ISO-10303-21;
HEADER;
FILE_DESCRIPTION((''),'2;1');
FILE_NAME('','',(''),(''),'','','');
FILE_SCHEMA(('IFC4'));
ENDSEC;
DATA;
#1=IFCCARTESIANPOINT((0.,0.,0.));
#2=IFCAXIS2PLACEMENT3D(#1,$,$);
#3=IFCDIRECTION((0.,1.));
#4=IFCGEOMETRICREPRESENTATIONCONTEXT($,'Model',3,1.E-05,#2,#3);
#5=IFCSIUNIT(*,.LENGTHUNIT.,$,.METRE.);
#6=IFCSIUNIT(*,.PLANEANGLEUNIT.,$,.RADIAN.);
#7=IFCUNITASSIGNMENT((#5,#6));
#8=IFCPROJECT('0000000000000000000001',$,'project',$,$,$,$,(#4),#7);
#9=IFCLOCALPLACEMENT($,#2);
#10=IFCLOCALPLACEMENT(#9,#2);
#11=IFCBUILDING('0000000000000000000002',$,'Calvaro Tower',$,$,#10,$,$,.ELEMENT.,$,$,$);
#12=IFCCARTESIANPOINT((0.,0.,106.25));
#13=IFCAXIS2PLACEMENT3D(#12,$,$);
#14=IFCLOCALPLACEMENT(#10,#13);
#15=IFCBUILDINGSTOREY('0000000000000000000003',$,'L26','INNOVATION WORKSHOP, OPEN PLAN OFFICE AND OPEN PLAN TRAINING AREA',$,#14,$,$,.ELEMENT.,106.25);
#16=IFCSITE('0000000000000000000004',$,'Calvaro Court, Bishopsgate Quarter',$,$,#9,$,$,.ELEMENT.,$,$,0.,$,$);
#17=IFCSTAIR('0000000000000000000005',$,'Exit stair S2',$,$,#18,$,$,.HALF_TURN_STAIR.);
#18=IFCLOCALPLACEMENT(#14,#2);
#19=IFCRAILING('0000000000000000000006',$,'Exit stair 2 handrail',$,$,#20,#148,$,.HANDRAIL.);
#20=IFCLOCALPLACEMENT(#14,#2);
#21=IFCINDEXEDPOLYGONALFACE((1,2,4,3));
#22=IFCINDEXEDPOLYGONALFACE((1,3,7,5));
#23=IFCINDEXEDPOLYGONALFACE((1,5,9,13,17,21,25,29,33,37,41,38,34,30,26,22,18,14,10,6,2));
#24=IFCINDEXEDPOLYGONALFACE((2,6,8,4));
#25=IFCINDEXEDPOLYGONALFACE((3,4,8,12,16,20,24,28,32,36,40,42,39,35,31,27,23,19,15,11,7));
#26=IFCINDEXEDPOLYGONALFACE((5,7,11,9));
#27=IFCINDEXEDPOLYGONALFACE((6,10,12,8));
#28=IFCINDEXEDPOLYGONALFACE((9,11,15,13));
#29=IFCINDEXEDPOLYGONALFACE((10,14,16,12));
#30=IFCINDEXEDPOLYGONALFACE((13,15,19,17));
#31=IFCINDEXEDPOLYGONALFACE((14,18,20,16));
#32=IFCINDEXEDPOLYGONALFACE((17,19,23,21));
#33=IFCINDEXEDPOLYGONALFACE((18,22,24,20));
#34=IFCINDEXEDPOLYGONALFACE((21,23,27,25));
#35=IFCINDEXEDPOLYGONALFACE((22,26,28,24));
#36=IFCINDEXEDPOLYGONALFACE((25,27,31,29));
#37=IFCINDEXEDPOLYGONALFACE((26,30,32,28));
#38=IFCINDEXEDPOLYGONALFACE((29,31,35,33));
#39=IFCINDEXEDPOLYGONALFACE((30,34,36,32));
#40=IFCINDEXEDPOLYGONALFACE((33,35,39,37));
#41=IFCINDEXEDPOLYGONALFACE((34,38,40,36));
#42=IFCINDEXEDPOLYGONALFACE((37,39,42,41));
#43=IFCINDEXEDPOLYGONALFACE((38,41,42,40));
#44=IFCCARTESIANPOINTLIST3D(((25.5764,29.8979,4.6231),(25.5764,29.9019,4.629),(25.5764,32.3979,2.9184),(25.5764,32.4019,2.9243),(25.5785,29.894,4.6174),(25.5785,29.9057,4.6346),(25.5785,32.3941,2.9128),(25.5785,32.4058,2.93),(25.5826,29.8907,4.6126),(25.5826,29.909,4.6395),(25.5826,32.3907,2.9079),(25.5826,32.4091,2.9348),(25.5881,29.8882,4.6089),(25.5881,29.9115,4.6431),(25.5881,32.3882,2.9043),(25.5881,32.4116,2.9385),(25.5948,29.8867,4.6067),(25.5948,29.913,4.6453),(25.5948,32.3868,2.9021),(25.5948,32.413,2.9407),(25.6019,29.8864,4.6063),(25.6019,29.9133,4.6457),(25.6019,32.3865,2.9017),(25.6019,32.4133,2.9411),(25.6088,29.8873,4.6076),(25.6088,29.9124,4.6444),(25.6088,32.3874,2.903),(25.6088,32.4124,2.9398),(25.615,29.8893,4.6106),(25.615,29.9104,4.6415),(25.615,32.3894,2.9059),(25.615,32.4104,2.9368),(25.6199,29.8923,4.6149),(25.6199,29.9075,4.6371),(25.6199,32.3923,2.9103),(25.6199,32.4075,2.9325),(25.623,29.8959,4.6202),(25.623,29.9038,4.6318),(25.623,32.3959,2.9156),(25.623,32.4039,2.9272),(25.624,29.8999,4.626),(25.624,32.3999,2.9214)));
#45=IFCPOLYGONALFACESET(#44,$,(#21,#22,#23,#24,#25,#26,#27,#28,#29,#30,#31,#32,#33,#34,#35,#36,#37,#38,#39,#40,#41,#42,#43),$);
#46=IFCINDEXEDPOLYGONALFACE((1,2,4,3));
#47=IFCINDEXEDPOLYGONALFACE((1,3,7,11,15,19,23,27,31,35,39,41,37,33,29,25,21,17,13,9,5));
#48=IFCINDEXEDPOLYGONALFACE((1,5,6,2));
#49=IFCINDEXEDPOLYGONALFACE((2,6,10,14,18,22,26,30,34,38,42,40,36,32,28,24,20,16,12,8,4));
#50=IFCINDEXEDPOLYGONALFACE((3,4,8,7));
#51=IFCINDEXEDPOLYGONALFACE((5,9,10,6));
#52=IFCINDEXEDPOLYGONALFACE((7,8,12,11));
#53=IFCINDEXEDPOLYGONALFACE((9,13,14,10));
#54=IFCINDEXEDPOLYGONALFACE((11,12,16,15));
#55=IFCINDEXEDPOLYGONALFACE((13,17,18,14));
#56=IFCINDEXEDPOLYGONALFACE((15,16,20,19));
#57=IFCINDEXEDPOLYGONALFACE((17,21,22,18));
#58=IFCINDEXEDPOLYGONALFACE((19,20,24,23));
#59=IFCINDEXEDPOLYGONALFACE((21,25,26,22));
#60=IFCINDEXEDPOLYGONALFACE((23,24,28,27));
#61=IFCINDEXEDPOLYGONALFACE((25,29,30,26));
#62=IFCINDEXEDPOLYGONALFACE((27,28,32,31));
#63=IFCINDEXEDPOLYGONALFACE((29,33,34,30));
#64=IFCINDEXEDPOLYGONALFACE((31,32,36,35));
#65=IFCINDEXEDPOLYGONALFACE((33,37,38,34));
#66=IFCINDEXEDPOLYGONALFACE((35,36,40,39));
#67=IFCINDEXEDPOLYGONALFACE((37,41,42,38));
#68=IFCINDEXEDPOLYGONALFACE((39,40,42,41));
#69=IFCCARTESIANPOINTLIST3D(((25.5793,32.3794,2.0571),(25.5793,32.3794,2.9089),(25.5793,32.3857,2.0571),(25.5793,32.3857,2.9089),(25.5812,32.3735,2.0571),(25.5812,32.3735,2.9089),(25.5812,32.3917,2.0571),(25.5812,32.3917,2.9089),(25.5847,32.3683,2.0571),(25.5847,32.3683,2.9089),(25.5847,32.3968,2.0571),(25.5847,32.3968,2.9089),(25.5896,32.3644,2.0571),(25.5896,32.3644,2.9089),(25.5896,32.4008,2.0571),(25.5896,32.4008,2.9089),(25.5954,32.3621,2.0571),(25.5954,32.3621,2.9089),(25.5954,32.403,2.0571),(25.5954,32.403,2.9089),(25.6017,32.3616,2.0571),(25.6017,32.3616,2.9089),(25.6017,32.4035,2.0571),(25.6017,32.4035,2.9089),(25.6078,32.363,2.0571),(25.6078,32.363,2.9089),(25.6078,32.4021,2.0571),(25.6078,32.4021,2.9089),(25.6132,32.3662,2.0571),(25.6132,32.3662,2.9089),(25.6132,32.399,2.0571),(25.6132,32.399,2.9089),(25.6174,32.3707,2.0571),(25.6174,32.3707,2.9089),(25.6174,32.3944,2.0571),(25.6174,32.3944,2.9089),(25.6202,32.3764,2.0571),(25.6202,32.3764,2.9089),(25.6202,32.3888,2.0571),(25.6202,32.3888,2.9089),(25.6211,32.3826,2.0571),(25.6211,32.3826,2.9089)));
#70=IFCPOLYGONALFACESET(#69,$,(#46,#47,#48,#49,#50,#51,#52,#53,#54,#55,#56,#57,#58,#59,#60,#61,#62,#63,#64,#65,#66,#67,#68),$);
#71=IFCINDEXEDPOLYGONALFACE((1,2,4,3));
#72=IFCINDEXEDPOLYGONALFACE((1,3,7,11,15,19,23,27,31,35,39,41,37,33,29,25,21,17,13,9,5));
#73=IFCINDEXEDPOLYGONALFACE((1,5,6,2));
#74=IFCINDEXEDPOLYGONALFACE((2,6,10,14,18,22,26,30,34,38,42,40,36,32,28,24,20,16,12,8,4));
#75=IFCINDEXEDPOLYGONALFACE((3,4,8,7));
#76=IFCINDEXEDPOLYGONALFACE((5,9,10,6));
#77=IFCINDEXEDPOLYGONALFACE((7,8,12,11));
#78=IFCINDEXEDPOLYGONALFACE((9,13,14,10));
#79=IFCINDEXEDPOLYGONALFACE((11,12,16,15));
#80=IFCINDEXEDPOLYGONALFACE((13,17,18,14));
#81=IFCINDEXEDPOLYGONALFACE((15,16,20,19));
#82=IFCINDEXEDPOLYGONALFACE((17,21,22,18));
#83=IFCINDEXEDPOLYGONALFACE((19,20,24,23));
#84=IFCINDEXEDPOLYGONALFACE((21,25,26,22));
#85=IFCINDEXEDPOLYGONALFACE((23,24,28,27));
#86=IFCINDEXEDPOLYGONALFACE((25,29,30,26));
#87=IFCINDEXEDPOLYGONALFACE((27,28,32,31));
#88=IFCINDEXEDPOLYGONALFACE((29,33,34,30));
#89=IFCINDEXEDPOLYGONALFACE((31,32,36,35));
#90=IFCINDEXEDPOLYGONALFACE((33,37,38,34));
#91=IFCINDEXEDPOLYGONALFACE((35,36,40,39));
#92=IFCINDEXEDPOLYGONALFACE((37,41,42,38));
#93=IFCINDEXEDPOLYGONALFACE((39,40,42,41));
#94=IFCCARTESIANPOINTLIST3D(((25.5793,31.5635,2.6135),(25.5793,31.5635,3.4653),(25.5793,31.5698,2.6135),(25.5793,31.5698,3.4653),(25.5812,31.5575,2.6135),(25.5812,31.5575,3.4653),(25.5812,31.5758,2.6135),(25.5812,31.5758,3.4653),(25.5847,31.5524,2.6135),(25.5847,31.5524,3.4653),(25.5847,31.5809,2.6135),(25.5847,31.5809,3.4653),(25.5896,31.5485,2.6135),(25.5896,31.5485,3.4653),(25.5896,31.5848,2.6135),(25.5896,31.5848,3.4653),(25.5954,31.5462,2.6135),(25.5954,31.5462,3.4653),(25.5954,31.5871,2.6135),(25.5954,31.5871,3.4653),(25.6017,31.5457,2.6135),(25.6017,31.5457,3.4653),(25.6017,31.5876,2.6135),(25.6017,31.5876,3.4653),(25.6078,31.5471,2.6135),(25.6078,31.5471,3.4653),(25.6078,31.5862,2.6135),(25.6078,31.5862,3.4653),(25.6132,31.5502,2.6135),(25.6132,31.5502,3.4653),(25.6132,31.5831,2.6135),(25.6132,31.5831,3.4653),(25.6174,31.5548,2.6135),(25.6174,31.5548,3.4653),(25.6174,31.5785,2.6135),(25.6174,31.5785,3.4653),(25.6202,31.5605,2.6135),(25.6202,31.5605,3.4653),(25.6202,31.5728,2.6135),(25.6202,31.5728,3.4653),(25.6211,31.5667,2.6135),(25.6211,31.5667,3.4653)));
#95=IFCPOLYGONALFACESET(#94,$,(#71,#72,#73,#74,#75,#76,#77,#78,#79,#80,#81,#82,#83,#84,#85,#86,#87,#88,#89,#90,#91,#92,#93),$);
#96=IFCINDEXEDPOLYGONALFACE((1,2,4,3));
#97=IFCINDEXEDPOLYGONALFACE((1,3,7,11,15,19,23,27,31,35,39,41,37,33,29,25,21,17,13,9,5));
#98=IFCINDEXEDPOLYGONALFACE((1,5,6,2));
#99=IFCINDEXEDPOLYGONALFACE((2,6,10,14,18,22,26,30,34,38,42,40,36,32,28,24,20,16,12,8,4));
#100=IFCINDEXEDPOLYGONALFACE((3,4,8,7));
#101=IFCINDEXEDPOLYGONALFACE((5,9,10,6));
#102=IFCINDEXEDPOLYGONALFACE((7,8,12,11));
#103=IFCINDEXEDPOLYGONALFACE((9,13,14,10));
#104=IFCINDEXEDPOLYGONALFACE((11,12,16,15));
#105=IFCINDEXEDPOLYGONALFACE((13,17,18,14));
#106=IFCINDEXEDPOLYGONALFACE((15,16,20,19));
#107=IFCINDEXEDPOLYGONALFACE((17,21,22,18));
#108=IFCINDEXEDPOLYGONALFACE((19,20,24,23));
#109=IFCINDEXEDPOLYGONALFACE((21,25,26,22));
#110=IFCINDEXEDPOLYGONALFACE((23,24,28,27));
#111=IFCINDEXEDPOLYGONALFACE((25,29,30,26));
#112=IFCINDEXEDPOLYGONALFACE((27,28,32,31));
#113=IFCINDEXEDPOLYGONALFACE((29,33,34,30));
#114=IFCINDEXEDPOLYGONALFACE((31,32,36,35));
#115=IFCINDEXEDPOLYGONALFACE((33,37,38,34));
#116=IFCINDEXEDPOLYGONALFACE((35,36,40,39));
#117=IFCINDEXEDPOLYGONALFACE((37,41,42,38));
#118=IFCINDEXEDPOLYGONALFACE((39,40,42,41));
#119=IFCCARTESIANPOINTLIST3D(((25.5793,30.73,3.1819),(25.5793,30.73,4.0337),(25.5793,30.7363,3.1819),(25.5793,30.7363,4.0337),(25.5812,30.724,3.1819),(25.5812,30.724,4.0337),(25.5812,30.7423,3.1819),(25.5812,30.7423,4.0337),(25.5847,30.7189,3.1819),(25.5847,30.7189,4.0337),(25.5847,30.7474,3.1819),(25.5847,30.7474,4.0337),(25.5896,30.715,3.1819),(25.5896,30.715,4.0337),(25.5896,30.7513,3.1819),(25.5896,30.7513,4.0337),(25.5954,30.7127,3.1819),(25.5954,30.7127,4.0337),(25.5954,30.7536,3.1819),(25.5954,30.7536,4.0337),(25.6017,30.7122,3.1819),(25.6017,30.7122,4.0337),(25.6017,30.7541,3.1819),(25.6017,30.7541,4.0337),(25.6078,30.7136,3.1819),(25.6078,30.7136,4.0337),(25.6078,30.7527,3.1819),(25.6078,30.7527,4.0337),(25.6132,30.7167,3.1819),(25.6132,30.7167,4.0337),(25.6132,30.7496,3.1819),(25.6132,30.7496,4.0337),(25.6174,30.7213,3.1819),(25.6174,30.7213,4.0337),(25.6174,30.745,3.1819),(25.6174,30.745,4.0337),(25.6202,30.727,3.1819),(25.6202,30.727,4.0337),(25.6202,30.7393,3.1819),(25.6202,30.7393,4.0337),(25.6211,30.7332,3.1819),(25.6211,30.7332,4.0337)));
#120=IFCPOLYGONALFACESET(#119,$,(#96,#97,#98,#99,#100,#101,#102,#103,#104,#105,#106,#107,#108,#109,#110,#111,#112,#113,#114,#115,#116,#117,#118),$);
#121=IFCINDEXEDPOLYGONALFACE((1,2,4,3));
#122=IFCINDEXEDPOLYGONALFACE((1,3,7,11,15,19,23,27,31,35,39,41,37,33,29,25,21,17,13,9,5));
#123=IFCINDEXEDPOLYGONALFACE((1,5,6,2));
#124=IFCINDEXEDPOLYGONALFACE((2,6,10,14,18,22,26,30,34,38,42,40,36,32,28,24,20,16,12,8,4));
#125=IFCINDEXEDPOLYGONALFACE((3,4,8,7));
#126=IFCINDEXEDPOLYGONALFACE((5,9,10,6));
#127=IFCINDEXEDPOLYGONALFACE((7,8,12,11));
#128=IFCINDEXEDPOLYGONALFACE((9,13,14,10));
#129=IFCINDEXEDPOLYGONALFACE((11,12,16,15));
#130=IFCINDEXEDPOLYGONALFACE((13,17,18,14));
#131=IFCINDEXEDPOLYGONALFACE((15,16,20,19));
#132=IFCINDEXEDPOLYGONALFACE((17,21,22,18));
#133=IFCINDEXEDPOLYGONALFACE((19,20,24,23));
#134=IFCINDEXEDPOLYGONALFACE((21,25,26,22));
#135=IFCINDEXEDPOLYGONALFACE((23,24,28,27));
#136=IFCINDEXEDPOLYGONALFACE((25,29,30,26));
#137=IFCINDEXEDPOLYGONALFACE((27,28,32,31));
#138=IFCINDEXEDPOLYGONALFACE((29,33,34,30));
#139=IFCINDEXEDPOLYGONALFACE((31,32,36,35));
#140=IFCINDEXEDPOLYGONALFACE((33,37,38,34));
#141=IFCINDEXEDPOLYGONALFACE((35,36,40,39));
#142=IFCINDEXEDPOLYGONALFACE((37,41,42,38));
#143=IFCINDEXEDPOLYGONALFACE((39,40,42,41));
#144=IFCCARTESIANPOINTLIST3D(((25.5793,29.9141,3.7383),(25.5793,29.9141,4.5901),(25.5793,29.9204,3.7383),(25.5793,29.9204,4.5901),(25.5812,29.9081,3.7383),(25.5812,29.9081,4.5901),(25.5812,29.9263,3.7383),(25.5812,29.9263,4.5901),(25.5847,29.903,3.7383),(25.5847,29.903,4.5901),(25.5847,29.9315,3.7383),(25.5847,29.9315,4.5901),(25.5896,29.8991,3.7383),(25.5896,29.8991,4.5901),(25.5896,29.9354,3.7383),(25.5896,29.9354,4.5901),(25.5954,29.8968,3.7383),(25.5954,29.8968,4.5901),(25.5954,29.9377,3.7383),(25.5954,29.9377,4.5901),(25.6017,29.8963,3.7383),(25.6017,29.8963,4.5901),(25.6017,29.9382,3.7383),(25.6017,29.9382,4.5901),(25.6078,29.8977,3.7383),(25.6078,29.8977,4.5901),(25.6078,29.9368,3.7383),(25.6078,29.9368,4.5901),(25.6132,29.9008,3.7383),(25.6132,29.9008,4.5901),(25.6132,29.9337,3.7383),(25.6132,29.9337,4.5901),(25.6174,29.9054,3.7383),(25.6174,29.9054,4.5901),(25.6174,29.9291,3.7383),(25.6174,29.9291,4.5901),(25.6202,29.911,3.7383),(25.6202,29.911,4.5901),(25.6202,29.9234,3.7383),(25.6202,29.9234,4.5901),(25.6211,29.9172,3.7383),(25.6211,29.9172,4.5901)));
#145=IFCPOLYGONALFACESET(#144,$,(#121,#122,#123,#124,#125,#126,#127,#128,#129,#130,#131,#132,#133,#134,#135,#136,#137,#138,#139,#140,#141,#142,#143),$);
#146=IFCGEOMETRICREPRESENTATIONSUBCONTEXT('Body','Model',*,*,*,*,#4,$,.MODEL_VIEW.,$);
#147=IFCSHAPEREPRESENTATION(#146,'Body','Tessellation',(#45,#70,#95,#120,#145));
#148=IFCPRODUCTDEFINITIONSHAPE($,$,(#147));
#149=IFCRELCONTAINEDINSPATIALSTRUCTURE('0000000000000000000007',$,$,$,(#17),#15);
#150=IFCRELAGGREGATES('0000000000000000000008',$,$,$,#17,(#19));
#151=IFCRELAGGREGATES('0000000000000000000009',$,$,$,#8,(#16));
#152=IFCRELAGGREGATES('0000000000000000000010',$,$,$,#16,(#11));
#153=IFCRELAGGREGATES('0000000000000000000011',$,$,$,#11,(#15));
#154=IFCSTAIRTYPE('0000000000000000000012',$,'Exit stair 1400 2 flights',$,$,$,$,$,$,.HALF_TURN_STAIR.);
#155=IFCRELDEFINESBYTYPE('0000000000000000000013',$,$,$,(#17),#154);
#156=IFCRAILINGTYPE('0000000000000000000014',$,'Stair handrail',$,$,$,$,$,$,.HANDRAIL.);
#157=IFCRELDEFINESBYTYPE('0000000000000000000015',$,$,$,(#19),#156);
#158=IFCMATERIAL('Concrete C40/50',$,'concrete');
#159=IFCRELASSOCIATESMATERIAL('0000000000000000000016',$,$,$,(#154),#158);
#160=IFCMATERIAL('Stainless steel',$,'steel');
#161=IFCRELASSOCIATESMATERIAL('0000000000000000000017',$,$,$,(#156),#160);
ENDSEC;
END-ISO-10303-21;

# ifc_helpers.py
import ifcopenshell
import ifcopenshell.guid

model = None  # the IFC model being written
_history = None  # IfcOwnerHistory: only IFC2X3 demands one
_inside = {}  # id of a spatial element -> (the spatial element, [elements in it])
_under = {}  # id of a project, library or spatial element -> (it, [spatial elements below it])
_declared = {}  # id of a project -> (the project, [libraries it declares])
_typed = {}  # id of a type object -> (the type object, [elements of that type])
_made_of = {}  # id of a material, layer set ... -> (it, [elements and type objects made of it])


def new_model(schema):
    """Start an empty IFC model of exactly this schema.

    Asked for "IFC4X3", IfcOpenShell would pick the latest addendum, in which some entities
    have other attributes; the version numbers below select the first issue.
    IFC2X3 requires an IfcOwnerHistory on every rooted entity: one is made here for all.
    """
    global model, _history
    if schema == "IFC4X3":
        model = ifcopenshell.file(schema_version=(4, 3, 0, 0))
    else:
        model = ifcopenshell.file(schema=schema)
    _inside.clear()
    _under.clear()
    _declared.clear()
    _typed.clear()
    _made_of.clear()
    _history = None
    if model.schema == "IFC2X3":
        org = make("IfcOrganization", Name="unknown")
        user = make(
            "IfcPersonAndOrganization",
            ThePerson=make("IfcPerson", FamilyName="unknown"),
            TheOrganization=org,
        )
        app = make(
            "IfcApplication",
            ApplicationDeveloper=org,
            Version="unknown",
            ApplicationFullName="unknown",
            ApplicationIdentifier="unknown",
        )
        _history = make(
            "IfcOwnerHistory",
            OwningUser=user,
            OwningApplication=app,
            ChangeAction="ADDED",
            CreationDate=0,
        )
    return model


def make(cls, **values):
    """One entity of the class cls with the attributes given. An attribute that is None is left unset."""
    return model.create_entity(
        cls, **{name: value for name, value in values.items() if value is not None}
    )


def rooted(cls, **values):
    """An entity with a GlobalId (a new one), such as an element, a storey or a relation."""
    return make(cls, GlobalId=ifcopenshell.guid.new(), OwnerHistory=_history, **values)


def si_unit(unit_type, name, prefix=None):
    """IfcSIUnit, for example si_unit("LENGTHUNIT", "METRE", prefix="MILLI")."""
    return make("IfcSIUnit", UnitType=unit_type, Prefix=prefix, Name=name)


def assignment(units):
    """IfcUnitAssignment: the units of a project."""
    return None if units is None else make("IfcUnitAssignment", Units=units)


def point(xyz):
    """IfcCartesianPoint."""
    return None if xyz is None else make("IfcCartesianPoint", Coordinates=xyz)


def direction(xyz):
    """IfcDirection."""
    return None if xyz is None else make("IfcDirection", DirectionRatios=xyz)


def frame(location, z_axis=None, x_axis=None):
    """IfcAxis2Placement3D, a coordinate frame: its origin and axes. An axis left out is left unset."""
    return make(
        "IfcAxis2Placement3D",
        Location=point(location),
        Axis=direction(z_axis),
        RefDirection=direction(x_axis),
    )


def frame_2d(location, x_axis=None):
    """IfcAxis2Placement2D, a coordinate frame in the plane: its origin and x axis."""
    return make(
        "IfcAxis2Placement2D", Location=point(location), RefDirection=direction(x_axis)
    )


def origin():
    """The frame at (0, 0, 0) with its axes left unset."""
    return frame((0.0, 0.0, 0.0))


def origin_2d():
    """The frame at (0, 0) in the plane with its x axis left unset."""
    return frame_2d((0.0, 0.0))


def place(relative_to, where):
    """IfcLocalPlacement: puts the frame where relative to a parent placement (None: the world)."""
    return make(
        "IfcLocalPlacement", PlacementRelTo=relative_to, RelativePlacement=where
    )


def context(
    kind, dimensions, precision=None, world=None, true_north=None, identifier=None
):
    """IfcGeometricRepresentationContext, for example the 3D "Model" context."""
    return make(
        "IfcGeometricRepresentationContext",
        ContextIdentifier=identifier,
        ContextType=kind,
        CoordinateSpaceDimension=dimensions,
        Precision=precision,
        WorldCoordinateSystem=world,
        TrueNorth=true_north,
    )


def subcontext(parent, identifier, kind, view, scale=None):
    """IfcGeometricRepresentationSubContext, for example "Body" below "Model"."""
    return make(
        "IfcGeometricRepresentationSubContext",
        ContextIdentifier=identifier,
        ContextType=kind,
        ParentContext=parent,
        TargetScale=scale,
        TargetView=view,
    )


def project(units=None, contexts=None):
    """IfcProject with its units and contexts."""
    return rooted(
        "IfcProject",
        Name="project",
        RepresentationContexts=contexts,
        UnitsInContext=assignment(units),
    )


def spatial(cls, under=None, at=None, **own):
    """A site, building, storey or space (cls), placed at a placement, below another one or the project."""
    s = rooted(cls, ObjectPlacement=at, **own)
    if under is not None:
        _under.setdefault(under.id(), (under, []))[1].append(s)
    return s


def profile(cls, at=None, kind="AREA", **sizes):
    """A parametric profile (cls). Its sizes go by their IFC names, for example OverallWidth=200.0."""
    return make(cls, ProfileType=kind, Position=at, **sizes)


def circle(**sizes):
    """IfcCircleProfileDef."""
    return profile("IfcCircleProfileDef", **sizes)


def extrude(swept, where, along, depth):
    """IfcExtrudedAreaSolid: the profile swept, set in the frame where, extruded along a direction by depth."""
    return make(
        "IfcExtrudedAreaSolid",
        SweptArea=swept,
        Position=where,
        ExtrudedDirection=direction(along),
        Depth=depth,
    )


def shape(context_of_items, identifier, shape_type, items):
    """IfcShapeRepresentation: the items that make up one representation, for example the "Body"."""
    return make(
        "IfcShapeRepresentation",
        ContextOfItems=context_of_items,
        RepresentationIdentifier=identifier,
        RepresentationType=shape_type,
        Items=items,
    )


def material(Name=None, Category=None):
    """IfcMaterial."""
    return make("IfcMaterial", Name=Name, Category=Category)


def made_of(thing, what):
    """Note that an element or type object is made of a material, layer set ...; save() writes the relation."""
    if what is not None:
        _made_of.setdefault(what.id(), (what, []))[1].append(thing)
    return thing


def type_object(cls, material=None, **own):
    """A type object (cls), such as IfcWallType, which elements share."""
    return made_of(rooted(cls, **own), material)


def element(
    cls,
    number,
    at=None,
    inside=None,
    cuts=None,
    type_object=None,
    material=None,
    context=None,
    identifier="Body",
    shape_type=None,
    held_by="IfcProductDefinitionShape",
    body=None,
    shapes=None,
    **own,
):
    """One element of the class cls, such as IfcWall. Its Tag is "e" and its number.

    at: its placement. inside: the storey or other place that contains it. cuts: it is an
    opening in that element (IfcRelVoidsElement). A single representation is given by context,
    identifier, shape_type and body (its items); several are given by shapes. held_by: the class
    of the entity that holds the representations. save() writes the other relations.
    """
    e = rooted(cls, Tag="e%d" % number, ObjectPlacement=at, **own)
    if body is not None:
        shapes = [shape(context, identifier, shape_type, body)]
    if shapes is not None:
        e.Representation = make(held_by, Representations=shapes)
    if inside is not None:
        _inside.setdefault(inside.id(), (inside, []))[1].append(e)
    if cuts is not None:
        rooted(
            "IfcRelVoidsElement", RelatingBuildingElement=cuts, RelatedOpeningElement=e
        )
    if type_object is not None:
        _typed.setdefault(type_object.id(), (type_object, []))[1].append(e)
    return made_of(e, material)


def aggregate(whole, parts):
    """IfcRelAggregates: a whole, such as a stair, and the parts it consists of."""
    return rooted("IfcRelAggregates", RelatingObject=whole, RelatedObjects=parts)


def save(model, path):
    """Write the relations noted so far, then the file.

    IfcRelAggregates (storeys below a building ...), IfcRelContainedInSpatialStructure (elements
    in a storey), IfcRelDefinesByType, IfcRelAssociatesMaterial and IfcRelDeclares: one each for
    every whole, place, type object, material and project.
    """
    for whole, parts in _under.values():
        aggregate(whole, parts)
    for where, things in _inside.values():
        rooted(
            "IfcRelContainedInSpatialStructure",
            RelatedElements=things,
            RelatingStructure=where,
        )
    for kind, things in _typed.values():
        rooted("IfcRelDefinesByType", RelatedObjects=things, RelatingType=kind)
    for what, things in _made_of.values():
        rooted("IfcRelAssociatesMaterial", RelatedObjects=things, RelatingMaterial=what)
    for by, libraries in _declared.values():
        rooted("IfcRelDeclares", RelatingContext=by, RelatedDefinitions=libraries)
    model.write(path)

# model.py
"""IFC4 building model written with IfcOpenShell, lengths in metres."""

from ifc_helpers import new_model, si_unit, direction, frame, origin, origin_2d, place, context, subcontext, project, spatial, circle, extrude, material, type_object, element, aggregate, save


model = new_model("IFC4")

# Units and contexts
model_context = context("Model", 3, precision=1e-05, world=origin(), true_north=direction((0.0, 1.0)))
body_context = subcontext(model_context, "Body", "Model", "MODEL_VIEW")
ifc_project = project(units=[si_unit("LENGTHUNIT", "METRE"), si_unit("PLANEANGLEUNIT", "RADIAN")], contexts=[model_context])

# Site, building, storey
site_placement = place(None, origin())
site = spatial("IfcSite", under=ifc_project, at=site_placement, Name="Calvaro Court, Bishopsgate Quarter", CompositionType="ELEMENT", RefElevation=0.0)
building_placement = place(site_placement, origin())
building = spatial("IfcBuilding", under=site, at=building_placement, Name="Calvaro Tower", CompositionType="ELEMENT")
storey_placement = place(building_placement, frame((0.0, 0.0, 106.25)))
storey = spatial("IfcBuildingStorey", under=building, at=storey_placement, Name="L26", Description="INNOVATION WORKSHOP, OPEN PLAN OFFICE AND OPEN PLAN TRAINING AREA", CompositionType="ELEMENT", Elevation=106.25)

# Stair
ifc_material_1 = material(Name="Concrete C40/50", Category="concrete")
stair_type = type_object("IfcStairType", Name="Exit stair 1400 2 flights", PredefinedType="HALF_TURN_STAIR", material=ifc_material_1)
stair_1_placement = place(storey_placement, origin())
stair_1 = element("IfcStair", 1, at=stair_1_placement, inside=storey, type_object=stair_type, Name="Exit stair S2", PredefinedType="HALF_TURN_STAIR")

# Shared definitions
ifc_material_2 = material(Name="Stainless steel", Category="steel")
railing_type = type_object("IfcRailingType", Name="Stair handrail", PredefinedType="HANDRAIL", material=ifc_material_2)

# Railing
railing_1_placement = place(storey_placement, frame((25.6001, 32.3999, 2.0454)))
railing_1 = element("IfcRailing", 2, at=railing_1_placement, type_object=railing_type, Name="Exit stair 2 handrail", PredefinedType="HANDRAIL", context=body_context, shape_type="SweptSolid", body=[
    extrude(circle(Radius=0.0239, at=origin_2d()), frame((0.0, 0.0, 0.876), z_axis=(0.0, -0.826221, 0.563347), x_axis=(1.0, 0.0, 0.0)), (0.0, 0.0, 1.0), 3.0259),
    extrude(circle(Radius=0.021, at=origin_2d()), frame((0.0, -0.0173, 0.0117)), (0.0, 0.0, 1.0), 0.8518),
    extrude(circle(Radius=0.021, at=origin_2d()), frame((0.0, -0.8333, 0.5681)), (0.0, 0.0, 1.0), 0.8518),
    extrude(circle(Radius=0.021, at=origin_2d()), frame((0.0, -1.6667, 1.1365)), (0.0, 0.0, 1.0), 0.8518),
    extrude(circle(Radius=0.021, at=origin_2d()), frame((0.0, -2.4827, 1.6929)), (0.0, 0.0, 1.0), 0.8518),
])
aggregate(stair_1, [railing_1])

save(model, "model.ifc")
